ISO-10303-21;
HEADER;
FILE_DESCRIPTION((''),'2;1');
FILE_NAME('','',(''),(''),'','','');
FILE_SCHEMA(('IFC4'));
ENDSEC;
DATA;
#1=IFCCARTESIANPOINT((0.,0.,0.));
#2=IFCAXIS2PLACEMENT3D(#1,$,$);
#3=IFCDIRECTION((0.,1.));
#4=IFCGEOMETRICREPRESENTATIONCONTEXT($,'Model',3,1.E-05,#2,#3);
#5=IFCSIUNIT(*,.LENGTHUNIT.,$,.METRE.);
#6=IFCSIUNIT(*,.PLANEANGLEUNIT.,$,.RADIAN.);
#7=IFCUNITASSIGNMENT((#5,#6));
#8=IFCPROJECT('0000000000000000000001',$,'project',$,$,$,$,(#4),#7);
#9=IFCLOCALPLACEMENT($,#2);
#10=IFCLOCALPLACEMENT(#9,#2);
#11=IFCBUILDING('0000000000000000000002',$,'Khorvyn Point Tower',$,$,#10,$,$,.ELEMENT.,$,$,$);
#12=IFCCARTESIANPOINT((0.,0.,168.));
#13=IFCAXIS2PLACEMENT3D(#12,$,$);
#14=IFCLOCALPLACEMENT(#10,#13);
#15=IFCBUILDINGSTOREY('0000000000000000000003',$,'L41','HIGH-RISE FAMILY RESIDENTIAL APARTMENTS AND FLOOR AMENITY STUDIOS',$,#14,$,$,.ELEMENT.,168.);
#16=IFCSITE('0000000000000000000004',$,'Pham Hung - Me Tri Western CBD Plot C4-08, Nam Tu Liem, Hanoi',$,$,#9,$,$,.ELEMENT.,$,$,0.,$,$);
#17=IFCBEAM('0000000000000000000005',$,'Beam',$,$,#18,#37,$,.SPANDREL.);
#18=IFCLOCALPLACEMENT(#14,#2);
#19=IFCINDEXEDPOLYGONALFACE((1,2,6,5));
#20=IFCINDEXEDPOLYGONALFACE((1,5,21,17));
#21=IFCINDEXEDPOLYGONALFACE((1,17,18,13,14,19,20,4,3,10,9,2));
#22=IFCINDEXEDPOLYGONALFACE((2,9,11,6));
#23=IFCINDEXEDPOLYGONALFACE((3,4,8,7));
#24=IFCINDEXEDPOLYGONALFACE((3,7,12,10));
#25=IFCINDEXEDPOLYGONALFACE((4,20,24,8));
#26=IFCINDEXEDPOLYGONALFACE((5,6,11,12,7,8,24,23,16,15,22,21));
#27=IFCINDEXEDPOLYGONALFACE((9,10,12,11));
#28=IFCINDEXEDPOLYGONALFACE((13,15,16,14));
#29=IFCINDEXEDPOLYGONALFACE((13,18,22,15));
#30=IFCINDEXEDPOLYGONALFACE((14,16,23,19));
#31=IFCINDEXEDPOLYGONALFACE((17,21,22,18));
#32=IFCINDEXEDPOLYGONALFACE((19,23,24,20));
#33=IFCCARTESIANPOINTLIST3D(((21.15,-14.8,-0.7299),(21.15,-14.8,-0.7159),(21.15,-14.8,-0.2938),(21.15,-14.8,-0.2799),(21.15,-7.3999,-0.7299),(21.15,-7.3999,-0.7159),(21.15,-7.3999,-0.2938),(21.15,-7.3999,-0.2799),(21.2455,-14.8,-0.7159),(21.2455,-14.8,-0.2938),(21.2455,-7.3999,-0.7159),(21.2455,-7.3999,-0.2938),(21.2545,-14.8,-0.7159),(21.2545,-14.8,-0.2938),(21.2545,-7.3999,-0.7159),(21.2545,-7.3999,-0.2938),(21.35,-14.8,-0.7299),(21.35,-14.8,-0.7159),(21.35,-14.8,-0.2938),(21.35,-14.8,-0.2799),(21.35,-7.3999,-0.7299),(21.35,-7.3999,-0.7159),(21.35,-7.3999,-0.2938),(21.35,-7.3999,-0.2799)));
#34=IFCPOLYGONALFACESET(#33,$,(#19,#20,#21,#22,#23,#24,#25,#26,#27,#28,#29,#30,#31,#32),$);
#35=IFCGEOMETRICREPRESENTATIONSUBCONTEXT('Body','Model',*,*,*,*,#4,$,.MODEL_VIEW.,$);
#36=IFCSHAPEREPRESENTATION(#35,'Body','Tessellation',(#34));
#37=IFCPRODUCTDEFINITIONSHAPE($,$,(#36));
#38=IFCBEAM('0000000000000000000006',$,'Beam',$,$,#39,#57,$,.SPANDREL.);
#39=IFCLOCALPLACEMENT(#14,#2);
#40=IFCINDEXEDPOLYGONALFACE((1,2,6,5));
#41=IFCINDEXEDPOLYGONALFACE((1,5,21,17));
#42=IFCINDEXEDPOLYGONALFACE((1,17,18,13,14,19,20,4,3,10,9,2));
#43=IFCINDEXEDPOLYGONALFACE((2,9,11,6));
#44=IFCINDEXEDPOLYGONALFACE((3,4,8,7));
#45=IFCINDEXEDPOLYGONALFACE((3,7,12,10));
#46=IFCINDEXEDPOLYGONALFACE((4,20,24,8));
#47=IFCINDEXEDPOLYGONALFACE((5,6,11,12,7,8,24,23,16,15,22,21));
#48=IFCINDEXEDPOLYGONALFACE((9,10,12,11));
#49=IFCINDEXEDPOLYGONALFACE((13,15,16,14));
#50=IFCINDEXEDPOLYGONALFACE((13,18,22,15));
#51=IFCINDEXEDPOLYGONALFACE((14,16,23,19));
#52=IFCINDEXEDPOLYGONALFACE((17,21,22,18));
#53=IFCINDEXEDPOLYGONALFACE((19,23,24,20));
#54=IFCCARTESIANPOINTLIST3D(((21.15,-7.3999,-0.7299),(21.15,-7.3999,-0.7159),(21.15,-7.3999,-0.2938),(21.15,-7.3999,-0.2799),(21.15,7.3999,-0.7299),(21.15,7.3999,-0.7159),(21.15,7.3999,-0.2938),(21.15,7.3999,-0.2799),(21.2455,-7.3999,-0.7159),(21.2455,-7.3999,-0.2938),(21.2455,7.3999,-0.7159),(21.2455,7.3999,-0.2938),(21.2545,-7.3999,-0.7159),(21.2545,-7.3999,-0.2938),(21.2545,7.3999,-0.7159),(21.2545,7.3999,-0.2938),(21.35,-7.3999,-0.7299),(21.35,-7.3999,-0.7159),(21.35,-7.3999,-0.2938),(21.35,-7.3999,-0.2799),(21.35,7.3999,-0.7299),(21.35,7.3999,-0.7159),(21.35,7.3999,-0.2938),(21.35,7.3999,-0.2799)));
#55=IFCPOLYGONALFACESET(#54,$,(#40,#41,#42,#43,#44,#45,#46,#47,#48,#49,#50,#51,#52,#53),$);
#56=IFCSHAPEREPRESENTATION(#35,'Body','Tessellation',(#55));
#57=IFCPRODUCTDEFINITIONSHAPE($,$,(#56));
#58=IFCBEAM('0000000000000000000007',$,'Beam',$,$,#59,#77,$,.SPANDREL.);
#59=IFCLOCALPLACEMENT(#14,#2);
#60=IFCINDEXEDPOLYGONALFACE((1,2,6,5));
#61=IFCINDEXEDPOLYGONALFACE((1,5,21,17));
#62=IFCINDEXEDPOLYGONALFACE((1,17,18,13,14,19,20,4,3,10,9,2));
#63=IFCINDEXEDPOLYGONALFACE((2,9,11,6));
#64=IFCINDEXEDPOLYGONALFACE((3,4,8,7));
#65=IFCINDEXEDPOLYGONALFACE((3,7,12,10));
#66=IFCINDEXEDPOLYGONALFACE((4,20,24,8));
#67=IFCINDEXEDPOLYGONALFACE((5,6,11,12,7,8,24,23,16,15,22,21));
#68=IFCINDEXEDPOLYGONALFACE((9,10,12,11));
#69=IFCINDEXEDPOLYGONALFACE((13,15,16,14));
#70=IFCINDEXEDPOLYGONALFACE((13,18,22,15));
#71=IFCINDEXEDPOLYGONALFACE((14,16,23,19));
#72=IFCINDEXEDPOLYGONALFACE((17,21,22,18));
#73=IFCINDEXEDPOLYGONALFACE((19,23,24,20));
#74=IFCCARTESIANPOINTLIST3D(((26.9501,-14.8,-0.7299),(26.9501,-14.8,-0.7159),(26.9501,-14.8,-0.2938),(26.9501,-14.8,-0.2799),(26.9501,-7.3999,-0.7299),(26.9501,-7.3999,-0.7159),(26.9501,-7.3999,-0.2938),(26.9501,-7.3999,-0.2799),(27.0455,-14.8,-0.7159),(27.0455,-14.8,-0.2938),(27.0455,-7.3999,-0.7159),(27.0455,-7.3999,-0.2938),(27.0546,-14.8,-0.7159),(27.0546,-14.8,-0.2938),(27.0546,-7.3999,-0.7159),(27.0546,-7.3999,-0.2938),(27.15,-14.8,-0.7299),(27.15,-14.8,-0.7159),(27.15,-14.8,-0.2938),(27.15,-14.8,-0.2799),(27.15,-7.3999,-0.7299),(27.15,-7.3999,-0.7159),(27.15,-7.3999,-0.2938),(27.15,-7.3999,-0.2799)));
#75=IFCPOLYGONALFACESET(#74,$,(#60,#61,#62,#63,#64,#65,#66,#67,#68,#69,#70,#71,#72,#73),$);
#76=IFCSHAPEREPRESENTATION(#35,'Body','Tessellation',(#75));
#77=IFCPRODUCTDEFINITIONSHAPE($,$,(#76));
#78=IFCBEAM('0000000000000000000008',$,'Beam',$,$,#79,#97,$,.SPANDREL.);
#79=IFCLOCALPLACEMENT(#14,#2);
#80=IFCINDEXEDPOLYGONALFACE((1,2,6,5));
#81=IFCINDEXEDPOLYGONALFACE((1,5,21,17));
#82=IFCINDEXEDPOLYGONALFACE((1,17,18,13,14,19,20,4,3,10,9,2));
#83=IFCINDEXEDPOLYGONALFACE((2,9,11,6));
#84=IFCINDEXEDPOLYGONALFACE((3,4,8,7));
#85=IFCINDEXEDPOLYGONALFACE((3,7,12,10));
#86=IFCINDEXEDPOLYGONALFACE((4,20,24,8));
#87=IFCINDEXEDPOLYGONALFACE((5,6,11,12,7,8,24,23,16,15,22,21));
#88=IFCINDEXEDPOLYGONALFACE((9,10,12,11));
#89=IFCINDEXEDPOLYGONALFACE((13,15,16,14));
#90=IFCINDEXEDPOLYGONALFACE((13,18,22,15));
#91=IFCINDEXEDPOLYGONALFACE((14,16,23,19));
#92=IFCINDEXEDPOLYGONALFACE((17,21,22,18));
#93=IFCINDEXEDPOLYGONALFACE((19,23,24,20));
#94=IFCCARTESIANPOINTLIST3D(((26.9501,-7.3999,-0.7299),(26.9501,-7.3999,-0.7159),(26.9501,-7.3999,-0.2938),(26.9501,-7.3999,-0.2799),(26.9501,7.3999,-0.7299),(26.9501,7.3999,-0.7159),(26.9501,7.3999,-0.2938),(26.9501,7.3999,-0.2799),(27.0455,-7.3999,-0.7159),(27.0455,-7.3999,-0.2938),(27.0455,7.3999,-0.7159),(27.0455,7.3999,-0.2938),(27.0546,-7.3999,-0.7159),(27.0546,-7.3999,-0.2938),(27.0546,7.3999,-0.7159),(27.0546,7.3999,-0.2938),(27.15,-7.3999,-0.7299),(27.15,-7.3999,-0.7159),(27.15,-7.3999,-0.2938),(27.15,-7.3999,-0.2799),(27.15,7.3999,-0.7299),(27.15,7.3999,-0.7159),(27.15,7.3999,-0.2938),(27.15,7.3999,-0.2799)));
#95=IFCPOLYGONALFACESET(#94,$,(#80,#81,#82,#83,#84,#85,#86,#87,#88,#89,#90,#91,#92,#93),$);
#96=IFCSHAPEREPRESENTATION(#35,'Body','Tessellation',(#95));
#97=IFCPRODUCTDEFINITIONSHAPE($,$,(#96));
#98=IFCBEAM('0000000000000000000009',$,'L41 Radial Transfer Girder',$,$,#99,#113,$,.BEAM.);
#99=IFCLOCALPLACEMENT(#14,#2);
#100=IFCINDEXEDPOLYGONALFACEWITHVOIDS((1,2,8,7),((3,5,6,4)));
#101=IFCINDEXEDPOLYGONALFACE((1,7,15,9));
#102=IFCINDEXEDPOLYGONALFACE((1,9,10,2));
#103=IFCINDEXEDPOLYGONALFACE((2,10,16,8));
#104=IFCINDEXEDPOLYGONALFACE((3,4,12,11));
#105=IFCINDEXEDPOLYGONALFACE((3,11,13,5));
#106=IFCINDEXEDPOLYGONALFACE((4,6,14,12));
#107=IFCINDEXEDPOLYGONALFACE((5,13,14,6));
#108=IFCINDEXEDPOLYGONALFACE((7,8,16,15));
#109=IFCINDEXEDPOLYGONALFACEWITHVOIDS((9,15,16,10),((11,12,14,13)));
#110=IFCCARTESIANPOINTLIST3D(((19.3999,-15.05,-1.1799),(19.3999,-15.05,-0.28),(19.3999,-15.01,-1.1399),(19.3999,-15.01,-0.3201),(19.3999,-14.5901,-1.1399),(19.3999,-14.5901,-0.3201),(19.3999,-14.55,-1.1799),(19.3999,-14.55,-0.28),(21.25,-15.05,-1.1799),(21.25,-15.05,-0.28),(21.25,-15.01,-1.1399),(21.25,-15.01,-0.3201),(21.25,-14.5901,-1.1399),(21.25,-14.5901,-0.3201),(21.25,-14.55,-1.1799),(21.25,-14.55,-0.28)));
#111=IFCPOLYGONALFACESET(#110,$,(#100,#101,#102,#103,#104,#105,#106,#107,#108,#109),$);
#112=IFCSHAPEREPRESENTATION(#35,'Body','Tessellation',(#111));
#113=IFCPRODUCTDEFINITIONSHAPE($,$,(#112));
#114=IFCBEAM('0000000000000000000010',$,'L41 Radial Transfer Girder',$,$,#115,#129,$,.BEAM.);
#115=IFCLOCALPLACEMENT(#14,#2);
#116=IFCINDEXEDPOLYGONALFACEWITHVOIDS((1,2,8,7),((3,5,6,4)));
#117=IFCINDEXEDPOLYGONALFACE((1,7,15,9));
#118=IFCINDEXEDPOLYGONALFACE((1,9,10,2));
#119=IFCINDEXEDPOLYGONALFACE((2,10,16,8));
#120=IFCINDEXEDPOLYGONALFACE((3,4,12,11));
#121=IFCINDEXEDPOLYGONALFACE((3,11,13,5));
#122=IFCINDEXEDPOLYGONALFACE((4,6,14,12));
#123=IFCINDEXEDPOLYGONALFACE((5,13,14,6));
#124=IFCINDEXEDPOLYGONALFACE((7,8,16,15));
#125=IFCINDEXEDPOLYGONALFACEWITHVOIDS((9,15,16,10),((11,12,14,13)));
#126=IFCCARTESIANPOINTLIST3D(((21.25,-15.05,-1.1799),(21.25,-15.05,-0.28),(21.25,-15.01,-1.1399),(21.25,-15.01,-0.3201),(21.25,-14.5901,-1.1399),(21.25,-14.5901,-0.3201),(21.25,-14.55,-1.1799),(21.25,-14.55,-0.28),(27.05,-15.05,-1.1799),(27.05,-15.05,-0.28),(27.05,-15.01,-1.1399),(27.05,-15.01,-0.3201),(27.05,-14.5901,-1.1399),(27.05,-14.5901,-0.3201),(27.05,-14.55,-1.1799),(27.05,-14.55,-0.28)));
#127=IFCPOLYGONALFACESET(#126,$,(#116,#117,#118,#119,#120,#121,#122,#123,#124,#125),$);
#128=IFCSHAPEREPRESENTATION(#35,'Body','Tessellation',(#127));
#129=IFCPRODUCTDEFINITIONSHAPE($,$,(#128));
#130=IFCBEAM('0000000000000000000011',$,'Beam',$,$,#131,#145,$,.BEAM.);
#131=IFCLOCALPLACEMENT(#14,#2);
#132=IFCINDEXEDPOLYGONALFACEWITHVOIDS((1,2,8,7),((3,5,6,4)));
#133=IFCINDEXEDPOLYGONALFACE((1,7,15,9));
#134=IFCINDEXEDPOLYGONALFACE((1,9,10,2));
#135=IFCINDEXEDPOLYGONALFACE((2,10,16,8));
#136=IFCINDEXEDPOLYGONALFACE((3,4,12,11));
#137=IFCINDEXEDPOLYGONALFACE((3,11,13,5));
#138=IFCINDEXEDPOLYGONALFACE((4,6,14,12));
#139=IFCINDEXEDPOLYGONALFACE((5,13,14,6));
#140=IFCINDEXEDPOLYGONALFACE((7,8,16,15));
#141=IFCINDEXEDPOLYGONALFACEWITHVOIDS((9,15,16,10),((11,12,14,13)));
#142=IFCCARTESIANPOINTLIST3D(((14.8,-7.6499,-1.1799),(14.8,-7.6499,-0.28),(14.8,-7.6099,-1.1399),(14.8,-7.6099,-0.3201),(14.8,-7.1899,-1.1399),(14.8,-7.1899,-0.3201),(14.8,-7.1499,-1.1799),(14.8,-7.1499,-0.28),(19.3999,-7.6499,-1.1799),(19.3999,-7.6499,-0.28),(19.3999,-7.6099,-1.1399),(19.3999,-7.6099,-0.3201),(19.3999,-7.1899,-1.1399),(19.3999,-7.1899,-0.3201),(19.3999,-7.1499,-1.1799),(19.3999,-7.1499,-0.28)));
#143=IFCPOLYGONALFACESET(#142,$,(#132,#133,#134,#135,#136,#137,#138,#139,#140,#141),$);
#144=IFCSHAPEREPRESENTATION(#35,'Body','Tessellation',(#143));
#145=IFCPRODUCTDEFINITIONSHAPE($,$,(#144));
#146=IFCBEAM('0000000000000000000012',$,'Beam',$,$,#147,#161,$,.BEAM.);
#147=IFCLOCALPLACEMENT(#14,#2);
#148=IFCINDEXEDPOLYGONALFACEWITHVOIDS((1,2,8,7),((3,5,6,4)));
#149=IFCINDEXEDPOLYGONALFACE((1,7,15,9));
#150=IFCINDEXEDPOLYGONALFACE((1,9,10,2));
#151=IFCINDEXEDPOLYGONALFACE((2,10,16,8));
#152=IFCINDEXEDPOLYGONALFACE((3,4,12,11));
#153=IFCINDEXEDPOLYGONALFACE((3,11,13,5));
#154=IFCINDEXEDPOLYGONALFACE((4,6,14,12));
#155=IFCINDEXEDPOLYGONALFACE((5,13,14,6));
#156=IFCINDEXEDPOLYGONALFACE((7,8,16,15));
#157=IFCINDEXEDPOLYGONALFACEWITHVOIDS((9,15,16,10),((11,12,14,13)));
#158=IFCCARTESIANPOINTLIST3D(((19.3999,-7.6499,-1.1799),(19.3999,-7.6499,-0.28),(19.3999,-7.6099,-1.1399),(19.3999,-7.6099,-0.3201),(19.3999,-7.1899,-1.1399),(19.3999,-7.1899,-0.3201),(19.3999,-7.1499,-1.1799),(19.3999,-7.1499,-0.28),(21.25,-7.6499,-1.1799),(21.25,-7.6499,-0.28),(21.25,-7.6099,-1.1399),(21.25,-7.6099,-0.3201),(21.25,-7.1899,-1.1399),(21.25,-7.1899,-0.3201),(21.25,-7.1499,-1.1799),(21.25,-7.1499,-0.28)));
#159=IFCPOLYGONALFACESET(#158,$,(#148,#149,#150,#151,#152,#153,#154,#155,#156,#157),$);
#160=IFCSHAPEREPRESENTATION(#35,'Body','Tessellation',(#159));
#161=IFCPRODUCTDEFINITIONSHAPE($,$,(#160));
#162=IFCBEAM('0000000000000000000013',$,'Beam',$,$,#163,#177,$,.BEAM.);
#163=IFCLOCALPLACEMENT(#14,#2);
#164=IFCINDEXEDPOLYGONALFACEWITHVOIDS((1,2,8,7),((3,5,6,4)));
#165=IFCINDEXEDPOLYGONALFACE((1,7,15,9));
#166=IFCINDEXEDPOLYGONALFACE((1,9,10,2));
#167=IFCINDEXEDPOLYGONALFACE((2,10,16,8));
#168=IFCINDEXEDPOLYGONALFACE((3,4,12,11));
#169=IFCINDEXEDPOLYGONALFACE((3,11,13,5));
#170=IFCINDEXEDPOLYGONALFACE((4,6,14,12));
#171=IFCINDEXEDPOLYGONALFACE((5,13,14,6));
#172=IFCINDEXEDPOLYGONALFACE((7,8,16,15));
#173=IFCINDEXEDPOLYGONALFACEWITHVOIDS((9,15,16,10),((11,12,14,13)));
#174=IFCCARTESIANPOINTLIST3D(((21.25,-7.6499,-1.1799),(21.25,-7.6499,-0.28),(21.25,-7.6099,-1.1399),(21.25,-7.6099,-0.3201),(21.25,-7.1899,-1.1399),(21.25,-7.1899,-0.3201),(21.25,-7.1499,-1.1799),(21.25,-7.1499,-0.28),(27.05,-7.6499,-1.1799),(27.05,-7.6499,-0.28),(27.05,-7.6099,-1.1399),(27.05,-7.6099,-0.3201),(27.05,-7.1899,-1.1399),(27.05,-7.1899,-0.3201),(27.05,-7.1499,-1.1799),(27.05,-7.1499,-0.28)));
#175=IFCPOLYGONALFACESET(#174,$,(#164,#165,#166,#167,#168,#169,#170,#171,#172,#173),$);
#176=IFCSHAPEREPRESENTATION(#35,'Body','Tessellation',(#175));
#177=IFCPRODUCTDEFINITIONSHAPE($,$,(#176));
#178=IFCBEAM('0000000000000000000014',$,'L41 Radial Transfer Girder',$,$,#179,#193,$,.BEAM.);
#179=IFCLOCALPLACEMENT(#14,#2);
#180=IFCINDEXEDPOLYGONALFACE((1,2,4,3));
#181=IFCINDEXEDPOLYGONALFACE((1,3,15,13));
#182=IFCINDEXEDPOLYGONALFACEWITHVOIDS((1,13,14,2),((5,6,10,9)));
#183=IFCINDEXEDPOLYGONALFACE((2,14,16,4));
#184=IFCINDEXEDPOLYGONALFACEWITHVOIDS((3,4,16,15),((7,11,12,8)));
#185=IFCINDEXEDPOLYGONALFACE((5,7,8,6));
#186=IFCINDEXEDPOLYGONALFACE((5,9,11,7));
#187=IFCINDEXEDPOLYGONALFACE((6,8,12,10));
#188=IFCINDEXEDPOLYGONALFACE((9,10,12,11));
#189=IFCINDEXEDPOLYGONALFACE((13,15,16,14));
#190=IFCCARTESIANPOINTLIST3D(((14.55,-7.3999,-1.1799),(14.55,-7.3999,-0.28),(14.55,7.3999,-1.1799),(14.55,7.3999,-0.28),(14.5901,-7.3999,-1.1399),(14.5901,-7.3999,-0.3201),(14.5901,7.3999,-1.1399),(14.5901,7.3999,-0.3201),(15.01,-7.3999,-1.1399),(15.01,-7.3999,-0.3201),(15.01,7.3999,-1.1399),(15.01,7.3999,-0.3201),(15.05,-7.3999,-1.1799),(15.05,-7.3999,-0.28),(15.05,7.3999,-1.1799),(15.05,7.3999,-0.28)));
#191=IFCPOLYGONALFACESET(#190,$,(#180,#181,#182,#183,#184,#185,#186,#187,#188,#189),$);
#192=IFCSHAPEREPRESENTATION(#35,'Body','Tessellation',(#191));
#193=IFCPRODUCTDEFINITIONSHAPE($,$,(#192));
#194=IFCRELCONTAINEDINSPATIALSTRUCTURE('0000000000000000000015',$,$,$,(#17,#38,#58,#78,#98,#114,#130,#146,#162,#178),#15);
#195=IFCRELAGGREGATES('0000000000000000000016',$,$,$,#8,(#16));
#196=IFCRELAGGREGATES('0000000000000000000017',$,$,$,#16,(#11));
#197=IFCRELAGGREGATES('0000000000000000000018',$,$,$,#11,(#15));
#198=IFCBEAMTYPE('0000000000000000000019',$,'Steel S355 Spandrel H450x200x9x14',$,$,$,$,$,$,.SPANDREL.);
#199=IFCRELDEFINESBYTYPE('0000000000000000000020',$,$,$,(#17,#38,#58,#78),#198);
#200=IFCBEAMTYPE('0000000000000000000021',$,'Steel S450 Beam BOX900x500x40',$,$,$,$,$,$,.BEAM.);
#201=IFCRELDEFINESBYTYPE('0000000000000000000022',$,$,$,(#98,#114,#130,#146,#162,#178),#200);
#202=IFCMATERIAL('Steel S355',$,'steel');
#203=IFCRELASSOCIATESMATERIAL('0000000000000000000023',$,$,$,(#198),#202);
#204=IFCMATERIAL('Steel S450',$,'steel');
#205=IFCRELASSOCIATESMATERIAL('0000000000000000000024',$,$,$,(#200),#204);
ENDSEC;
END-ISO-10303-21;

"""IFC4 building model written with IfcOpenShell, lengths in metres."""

from ifc_helpers import new_model, si_unit, direction, frame, origin, origin_2d, place, context, subcontext, project, spatial, hollow_rectangle, i_section, extrude, material, material_profile, profile_set, type_object, element, save


model = new_model("IFC4")

# Units and contexts
model_context = context("Model", 3, precision=1e-05, world=origin(), true_north=direction((0.0, 1.0)))
body_context = subcontext(model_context, "Body", "Model", "MODEL_VIEW")
ifc_project = project(units=[si_unit("LENGTHUNIT", "METRE"), si_unit("PLANEANGLEUNIT", "RADIAN")], contexts=[model_context])

# Site, building, storey
site_placement = place(None, origin())
site = spatial("IfcSite", under=ifc_project, at=site_placement, Name="Pham Hung - Me Tri Western CBD Plot C4-08, Nam Tu Liem, Hanoi", CompositionType="ELEMENT", RefElevation=0.0)
building_placement = place(site_placement, origin())
building = spatial("IfcBuilding", under=site, at=building_placement, Name="Khorvyn Point Tower", CompositionType="ELEMENT")
storey_placement = place(building_placement, frame((0.0, 0.0, 168.0)))
storey = spatial("IfcBuildingStorey", under=building, at=storey_placement, Name="L41", Description="HIGH-RISE FAMILY RESIDENTIAL APARTMENTS AND FLOOR AMENITY STUDIOS", CompositionType="ELEMENT", Elevation=168.0)

# Shared definitions
ifc_material_1 = material(Name="Steel S450", Category="steel")

# Beams
ifc_material_2 = material(Name="Steel S355", Category="steel")
ifc_material_profile_1 = material_profile(ifc_material_2, i_section(OverallWidth=0.2, OverallDepth=0.45, WebThickness=0.009, FlangeThickness=0.0139, at=origin_2d()))
ifc_profile_set_1 = profile_set([ifc_material_profile_1], Name="Steel S355 H450x200x9x14")
beam_type_1 = type_object("IfcBeamType", Name="Steel S355 Spandrel H450x200x9x14", PredefinedType="SPANDREL", material=ifc_profile_set_1)
beam_1_placement = place(storey_placement, frame((21.25, -14.8, -0.5049), z_axis=(0.0, 1.0, 0.0), x_axis=(-1.0, 0.0, 0.0)))
element("IfcBeam", 1, at=beam_1_placement, inside=storey, type_object=beam_type_1, Name="Beam", PredefinedType="SPANDREL", context=body_context, shape_type="SweptSolid", body=[
    extrude(i_section(OverallWidth=0.2, OverallDepth=0.45, WebThickness=0.009, FlangeThickness=0.0139, at=origin_2d()), origin(), (0.0, 0.0, 1.0), 7.4001),
])
beam_2_placement = place(storey_placement, frame((21.25, -7.3999, -0.5049), z_axis=(0.0, 1.0, 0.0), x_axis=(-1.0, 0.0, 0.0)))
element("IfcBeam", 2, at=beam_2_placement, inside=storey, type_object=beam_type_1, Name="Beam", PredefinedType="SPANDREL", context=body_context, shape_type="SweptSolid", body=[
    extrude(i_section(OverallWidth=0.2, OverallDepth=0.45, WebThickness=0.009, FlangeThickness=0.0139, at=origin_2d()), origin(), (0.0, 0.0, 1.0), 14.7998),
])
beam_3_placement = place(storey_placement, frame((27.05, -14.8, -0.5049), z_axis=(0.0, 1.0, 0.0), x_axis=(-1.0, 0.0, 0.0)))
element("IfcBeam", 3, at=beam_3_placement, inside=storey, type_object=beam_type_1, Name="Beam", PredefinedType="SPANDREL", context=body_context, shape_type="SweptSolid", body=[
    extrude(i_section(OverallWidth=0.2, OverallDepth=0.45, WebThickness=0.009, FlangeThickness=0.0139, at=origin_2d()), origin(), (0.0, 0.0, 1.0), 7.4001),
])
beam_4_placement = place(storey_placement, frame((27.05, -7.3999, -0.5049), z_axis=(0.0, 1.0, 0.0), x_axis=(-1.0, 0.0, 0.0)))
element("IfcBeam", 4, at=beam_4_placement, inside=storey, type_object=beam_type_1, Name="Beam", PredefinedType="SPANDREL", context=body_context, shape_type="SweptSolid", body=[
    extrude(i_section(OverallWidth=0.2, OverallDepth=0.45, WebThickness=0.009, FlangeThickness=0.0139, at=origin_2d()), origin(), (0.0, 0.0, 1.0), 14.7998),
])
ifc_material_profile_2 = material_profile(ifc_material_1, hollow_rectangle(XDim=0.5, YDim=0.8999, WallThickness=0.04, at=origin_2d()))
ifc_profile_set_2 = profile_set([ifc_material_profile_2], Name="Steel S450 BOX900x500x40")
beam_type_2 = type_object("IfcBeamType", Name="Steel S450 Beam BOX900x500x40", PredefinedType="BEAM", material=ifc_profile_set_2)
beam_5_placement = place(storey_placement, frame((19.3999, -14.8, -0.73), z_axis=(1.0, 0.0, 0.0), x_axis=(0.0, 1.0, 0.0)))
element("IfcBeam", 5, at=beam_5_placement, inside=storey, type_object=beam_type_2, Name="L41 Radial Transfer Girder", PredefinedType="BEAM", context=body_context, shape_type="SweptSolid", body=[
    extrude(hollow_rectangle(XDim=0.5, YDim=0.8999, WallThickness=0.04, at=origin_2d()), origin(), (0.0, 0.0, 1.0), 1.8501),
])
beam_6_placement = place(storey_placement, frame((21.25, -14.8, -0.73), z_axis=(1.0, 0.0, 0.0), x_axis=(0.0, 1.0, 0.0)))
element("IfcBeam", 6, at=beam_6_placement, inside=storey, type_object=beam_type_2, Name="L41 Radial Transfer Girder", PredefinedType="BEAM", context=body_context, shape_type="SweptSolid", body=[
    extrude(hollow_rectangle(XDim=0.5, YDim=0.8999, WallThickness=0.04, at=origin_2d()), origin(), (0.0, 0.0, 1.0), 5.8),
])
beam_7_placement = place(storey_placement, frame((14.8, -7.3999, -0.73), z_axis=(1.0, 0.0, 0.0), x_axis=(0.0, 1.0, 0.0)))
element("IfcBeam", 7, at=beam_7_placement, inside=storey, type_object=beam_type_2, Name="Beam", PredefinedType="BEAM", context=body_context, shape_type="SweptSolid", body=[
    extrude(hollow_rectangle(XDim=0.5, YDim=0.8999, WallThickness=0.04, at=origin_2d()), origin(), (0.0, 0.0, 1.0), 4.5999),
])
beam_8_placement = place(storey_placement, frame((19.3999, -7.3999, -0.73), z_axis=(1.0, 0.0, 0.0), x_axis=(0.0, 1.0, 0.0)))
element("IfcBeam", 8, at=beam_8_placement, inside=storey, type_object=beam_type_2, Name="Beam", PredefinedType="BEAM", context=body_context, shape_type="SweptSolid", body=[
    extrude(hollow_rectangle(XDim=0.5, YDim=0.8999, WallThickness=0.04, at=origin_2d()), origin(), (0.0, 0.0, 1.0), 1.8501),
])
beam_9_placement = place(storey_placement, frame((21.25, -7.3999, -0.73), z_axis=(1.0, 0.0, 0.0), x_axis=(0.0, 1.0, 0.0)))
element("IfcBeam", 9, at=beam_9_placement, inside=storey, type_object=beam_type_2, Name="Beam", PredefinedType="BEAM", context=body_context, shape_type="SweptSolid", body=[
    extrude(hollow_rectangle(XDim=0.5, YDim=0.8999, WallThickness=0.04, at=origin_2d()), origin(), (0.0, 0.0, 1.0), 5.8),
])
beam_10_placement = place(storey_placement, frame((14.8, -7.3999, -0.73), z_axis=(0.0, 1.0, 0.0), x_axis=(-1.0, 0.0, 0.0)))
element("IfcBeam", 10, at=beam_10_placement, inside=storey, type_object=beam_type_2, Name="L41 Radial Transfer Girder", PredefinedType="BEAM", context=body_context, shape_type="SweptSolid", body=[
    extrude(hollow_rectangle(XDim=0.5, YDim=0.8999, WallThickness=0.04, at=origin_2d()), origin(), (0.0, 0.0, 1.0), 14.7998),
])

save(model, "model.ifc")
